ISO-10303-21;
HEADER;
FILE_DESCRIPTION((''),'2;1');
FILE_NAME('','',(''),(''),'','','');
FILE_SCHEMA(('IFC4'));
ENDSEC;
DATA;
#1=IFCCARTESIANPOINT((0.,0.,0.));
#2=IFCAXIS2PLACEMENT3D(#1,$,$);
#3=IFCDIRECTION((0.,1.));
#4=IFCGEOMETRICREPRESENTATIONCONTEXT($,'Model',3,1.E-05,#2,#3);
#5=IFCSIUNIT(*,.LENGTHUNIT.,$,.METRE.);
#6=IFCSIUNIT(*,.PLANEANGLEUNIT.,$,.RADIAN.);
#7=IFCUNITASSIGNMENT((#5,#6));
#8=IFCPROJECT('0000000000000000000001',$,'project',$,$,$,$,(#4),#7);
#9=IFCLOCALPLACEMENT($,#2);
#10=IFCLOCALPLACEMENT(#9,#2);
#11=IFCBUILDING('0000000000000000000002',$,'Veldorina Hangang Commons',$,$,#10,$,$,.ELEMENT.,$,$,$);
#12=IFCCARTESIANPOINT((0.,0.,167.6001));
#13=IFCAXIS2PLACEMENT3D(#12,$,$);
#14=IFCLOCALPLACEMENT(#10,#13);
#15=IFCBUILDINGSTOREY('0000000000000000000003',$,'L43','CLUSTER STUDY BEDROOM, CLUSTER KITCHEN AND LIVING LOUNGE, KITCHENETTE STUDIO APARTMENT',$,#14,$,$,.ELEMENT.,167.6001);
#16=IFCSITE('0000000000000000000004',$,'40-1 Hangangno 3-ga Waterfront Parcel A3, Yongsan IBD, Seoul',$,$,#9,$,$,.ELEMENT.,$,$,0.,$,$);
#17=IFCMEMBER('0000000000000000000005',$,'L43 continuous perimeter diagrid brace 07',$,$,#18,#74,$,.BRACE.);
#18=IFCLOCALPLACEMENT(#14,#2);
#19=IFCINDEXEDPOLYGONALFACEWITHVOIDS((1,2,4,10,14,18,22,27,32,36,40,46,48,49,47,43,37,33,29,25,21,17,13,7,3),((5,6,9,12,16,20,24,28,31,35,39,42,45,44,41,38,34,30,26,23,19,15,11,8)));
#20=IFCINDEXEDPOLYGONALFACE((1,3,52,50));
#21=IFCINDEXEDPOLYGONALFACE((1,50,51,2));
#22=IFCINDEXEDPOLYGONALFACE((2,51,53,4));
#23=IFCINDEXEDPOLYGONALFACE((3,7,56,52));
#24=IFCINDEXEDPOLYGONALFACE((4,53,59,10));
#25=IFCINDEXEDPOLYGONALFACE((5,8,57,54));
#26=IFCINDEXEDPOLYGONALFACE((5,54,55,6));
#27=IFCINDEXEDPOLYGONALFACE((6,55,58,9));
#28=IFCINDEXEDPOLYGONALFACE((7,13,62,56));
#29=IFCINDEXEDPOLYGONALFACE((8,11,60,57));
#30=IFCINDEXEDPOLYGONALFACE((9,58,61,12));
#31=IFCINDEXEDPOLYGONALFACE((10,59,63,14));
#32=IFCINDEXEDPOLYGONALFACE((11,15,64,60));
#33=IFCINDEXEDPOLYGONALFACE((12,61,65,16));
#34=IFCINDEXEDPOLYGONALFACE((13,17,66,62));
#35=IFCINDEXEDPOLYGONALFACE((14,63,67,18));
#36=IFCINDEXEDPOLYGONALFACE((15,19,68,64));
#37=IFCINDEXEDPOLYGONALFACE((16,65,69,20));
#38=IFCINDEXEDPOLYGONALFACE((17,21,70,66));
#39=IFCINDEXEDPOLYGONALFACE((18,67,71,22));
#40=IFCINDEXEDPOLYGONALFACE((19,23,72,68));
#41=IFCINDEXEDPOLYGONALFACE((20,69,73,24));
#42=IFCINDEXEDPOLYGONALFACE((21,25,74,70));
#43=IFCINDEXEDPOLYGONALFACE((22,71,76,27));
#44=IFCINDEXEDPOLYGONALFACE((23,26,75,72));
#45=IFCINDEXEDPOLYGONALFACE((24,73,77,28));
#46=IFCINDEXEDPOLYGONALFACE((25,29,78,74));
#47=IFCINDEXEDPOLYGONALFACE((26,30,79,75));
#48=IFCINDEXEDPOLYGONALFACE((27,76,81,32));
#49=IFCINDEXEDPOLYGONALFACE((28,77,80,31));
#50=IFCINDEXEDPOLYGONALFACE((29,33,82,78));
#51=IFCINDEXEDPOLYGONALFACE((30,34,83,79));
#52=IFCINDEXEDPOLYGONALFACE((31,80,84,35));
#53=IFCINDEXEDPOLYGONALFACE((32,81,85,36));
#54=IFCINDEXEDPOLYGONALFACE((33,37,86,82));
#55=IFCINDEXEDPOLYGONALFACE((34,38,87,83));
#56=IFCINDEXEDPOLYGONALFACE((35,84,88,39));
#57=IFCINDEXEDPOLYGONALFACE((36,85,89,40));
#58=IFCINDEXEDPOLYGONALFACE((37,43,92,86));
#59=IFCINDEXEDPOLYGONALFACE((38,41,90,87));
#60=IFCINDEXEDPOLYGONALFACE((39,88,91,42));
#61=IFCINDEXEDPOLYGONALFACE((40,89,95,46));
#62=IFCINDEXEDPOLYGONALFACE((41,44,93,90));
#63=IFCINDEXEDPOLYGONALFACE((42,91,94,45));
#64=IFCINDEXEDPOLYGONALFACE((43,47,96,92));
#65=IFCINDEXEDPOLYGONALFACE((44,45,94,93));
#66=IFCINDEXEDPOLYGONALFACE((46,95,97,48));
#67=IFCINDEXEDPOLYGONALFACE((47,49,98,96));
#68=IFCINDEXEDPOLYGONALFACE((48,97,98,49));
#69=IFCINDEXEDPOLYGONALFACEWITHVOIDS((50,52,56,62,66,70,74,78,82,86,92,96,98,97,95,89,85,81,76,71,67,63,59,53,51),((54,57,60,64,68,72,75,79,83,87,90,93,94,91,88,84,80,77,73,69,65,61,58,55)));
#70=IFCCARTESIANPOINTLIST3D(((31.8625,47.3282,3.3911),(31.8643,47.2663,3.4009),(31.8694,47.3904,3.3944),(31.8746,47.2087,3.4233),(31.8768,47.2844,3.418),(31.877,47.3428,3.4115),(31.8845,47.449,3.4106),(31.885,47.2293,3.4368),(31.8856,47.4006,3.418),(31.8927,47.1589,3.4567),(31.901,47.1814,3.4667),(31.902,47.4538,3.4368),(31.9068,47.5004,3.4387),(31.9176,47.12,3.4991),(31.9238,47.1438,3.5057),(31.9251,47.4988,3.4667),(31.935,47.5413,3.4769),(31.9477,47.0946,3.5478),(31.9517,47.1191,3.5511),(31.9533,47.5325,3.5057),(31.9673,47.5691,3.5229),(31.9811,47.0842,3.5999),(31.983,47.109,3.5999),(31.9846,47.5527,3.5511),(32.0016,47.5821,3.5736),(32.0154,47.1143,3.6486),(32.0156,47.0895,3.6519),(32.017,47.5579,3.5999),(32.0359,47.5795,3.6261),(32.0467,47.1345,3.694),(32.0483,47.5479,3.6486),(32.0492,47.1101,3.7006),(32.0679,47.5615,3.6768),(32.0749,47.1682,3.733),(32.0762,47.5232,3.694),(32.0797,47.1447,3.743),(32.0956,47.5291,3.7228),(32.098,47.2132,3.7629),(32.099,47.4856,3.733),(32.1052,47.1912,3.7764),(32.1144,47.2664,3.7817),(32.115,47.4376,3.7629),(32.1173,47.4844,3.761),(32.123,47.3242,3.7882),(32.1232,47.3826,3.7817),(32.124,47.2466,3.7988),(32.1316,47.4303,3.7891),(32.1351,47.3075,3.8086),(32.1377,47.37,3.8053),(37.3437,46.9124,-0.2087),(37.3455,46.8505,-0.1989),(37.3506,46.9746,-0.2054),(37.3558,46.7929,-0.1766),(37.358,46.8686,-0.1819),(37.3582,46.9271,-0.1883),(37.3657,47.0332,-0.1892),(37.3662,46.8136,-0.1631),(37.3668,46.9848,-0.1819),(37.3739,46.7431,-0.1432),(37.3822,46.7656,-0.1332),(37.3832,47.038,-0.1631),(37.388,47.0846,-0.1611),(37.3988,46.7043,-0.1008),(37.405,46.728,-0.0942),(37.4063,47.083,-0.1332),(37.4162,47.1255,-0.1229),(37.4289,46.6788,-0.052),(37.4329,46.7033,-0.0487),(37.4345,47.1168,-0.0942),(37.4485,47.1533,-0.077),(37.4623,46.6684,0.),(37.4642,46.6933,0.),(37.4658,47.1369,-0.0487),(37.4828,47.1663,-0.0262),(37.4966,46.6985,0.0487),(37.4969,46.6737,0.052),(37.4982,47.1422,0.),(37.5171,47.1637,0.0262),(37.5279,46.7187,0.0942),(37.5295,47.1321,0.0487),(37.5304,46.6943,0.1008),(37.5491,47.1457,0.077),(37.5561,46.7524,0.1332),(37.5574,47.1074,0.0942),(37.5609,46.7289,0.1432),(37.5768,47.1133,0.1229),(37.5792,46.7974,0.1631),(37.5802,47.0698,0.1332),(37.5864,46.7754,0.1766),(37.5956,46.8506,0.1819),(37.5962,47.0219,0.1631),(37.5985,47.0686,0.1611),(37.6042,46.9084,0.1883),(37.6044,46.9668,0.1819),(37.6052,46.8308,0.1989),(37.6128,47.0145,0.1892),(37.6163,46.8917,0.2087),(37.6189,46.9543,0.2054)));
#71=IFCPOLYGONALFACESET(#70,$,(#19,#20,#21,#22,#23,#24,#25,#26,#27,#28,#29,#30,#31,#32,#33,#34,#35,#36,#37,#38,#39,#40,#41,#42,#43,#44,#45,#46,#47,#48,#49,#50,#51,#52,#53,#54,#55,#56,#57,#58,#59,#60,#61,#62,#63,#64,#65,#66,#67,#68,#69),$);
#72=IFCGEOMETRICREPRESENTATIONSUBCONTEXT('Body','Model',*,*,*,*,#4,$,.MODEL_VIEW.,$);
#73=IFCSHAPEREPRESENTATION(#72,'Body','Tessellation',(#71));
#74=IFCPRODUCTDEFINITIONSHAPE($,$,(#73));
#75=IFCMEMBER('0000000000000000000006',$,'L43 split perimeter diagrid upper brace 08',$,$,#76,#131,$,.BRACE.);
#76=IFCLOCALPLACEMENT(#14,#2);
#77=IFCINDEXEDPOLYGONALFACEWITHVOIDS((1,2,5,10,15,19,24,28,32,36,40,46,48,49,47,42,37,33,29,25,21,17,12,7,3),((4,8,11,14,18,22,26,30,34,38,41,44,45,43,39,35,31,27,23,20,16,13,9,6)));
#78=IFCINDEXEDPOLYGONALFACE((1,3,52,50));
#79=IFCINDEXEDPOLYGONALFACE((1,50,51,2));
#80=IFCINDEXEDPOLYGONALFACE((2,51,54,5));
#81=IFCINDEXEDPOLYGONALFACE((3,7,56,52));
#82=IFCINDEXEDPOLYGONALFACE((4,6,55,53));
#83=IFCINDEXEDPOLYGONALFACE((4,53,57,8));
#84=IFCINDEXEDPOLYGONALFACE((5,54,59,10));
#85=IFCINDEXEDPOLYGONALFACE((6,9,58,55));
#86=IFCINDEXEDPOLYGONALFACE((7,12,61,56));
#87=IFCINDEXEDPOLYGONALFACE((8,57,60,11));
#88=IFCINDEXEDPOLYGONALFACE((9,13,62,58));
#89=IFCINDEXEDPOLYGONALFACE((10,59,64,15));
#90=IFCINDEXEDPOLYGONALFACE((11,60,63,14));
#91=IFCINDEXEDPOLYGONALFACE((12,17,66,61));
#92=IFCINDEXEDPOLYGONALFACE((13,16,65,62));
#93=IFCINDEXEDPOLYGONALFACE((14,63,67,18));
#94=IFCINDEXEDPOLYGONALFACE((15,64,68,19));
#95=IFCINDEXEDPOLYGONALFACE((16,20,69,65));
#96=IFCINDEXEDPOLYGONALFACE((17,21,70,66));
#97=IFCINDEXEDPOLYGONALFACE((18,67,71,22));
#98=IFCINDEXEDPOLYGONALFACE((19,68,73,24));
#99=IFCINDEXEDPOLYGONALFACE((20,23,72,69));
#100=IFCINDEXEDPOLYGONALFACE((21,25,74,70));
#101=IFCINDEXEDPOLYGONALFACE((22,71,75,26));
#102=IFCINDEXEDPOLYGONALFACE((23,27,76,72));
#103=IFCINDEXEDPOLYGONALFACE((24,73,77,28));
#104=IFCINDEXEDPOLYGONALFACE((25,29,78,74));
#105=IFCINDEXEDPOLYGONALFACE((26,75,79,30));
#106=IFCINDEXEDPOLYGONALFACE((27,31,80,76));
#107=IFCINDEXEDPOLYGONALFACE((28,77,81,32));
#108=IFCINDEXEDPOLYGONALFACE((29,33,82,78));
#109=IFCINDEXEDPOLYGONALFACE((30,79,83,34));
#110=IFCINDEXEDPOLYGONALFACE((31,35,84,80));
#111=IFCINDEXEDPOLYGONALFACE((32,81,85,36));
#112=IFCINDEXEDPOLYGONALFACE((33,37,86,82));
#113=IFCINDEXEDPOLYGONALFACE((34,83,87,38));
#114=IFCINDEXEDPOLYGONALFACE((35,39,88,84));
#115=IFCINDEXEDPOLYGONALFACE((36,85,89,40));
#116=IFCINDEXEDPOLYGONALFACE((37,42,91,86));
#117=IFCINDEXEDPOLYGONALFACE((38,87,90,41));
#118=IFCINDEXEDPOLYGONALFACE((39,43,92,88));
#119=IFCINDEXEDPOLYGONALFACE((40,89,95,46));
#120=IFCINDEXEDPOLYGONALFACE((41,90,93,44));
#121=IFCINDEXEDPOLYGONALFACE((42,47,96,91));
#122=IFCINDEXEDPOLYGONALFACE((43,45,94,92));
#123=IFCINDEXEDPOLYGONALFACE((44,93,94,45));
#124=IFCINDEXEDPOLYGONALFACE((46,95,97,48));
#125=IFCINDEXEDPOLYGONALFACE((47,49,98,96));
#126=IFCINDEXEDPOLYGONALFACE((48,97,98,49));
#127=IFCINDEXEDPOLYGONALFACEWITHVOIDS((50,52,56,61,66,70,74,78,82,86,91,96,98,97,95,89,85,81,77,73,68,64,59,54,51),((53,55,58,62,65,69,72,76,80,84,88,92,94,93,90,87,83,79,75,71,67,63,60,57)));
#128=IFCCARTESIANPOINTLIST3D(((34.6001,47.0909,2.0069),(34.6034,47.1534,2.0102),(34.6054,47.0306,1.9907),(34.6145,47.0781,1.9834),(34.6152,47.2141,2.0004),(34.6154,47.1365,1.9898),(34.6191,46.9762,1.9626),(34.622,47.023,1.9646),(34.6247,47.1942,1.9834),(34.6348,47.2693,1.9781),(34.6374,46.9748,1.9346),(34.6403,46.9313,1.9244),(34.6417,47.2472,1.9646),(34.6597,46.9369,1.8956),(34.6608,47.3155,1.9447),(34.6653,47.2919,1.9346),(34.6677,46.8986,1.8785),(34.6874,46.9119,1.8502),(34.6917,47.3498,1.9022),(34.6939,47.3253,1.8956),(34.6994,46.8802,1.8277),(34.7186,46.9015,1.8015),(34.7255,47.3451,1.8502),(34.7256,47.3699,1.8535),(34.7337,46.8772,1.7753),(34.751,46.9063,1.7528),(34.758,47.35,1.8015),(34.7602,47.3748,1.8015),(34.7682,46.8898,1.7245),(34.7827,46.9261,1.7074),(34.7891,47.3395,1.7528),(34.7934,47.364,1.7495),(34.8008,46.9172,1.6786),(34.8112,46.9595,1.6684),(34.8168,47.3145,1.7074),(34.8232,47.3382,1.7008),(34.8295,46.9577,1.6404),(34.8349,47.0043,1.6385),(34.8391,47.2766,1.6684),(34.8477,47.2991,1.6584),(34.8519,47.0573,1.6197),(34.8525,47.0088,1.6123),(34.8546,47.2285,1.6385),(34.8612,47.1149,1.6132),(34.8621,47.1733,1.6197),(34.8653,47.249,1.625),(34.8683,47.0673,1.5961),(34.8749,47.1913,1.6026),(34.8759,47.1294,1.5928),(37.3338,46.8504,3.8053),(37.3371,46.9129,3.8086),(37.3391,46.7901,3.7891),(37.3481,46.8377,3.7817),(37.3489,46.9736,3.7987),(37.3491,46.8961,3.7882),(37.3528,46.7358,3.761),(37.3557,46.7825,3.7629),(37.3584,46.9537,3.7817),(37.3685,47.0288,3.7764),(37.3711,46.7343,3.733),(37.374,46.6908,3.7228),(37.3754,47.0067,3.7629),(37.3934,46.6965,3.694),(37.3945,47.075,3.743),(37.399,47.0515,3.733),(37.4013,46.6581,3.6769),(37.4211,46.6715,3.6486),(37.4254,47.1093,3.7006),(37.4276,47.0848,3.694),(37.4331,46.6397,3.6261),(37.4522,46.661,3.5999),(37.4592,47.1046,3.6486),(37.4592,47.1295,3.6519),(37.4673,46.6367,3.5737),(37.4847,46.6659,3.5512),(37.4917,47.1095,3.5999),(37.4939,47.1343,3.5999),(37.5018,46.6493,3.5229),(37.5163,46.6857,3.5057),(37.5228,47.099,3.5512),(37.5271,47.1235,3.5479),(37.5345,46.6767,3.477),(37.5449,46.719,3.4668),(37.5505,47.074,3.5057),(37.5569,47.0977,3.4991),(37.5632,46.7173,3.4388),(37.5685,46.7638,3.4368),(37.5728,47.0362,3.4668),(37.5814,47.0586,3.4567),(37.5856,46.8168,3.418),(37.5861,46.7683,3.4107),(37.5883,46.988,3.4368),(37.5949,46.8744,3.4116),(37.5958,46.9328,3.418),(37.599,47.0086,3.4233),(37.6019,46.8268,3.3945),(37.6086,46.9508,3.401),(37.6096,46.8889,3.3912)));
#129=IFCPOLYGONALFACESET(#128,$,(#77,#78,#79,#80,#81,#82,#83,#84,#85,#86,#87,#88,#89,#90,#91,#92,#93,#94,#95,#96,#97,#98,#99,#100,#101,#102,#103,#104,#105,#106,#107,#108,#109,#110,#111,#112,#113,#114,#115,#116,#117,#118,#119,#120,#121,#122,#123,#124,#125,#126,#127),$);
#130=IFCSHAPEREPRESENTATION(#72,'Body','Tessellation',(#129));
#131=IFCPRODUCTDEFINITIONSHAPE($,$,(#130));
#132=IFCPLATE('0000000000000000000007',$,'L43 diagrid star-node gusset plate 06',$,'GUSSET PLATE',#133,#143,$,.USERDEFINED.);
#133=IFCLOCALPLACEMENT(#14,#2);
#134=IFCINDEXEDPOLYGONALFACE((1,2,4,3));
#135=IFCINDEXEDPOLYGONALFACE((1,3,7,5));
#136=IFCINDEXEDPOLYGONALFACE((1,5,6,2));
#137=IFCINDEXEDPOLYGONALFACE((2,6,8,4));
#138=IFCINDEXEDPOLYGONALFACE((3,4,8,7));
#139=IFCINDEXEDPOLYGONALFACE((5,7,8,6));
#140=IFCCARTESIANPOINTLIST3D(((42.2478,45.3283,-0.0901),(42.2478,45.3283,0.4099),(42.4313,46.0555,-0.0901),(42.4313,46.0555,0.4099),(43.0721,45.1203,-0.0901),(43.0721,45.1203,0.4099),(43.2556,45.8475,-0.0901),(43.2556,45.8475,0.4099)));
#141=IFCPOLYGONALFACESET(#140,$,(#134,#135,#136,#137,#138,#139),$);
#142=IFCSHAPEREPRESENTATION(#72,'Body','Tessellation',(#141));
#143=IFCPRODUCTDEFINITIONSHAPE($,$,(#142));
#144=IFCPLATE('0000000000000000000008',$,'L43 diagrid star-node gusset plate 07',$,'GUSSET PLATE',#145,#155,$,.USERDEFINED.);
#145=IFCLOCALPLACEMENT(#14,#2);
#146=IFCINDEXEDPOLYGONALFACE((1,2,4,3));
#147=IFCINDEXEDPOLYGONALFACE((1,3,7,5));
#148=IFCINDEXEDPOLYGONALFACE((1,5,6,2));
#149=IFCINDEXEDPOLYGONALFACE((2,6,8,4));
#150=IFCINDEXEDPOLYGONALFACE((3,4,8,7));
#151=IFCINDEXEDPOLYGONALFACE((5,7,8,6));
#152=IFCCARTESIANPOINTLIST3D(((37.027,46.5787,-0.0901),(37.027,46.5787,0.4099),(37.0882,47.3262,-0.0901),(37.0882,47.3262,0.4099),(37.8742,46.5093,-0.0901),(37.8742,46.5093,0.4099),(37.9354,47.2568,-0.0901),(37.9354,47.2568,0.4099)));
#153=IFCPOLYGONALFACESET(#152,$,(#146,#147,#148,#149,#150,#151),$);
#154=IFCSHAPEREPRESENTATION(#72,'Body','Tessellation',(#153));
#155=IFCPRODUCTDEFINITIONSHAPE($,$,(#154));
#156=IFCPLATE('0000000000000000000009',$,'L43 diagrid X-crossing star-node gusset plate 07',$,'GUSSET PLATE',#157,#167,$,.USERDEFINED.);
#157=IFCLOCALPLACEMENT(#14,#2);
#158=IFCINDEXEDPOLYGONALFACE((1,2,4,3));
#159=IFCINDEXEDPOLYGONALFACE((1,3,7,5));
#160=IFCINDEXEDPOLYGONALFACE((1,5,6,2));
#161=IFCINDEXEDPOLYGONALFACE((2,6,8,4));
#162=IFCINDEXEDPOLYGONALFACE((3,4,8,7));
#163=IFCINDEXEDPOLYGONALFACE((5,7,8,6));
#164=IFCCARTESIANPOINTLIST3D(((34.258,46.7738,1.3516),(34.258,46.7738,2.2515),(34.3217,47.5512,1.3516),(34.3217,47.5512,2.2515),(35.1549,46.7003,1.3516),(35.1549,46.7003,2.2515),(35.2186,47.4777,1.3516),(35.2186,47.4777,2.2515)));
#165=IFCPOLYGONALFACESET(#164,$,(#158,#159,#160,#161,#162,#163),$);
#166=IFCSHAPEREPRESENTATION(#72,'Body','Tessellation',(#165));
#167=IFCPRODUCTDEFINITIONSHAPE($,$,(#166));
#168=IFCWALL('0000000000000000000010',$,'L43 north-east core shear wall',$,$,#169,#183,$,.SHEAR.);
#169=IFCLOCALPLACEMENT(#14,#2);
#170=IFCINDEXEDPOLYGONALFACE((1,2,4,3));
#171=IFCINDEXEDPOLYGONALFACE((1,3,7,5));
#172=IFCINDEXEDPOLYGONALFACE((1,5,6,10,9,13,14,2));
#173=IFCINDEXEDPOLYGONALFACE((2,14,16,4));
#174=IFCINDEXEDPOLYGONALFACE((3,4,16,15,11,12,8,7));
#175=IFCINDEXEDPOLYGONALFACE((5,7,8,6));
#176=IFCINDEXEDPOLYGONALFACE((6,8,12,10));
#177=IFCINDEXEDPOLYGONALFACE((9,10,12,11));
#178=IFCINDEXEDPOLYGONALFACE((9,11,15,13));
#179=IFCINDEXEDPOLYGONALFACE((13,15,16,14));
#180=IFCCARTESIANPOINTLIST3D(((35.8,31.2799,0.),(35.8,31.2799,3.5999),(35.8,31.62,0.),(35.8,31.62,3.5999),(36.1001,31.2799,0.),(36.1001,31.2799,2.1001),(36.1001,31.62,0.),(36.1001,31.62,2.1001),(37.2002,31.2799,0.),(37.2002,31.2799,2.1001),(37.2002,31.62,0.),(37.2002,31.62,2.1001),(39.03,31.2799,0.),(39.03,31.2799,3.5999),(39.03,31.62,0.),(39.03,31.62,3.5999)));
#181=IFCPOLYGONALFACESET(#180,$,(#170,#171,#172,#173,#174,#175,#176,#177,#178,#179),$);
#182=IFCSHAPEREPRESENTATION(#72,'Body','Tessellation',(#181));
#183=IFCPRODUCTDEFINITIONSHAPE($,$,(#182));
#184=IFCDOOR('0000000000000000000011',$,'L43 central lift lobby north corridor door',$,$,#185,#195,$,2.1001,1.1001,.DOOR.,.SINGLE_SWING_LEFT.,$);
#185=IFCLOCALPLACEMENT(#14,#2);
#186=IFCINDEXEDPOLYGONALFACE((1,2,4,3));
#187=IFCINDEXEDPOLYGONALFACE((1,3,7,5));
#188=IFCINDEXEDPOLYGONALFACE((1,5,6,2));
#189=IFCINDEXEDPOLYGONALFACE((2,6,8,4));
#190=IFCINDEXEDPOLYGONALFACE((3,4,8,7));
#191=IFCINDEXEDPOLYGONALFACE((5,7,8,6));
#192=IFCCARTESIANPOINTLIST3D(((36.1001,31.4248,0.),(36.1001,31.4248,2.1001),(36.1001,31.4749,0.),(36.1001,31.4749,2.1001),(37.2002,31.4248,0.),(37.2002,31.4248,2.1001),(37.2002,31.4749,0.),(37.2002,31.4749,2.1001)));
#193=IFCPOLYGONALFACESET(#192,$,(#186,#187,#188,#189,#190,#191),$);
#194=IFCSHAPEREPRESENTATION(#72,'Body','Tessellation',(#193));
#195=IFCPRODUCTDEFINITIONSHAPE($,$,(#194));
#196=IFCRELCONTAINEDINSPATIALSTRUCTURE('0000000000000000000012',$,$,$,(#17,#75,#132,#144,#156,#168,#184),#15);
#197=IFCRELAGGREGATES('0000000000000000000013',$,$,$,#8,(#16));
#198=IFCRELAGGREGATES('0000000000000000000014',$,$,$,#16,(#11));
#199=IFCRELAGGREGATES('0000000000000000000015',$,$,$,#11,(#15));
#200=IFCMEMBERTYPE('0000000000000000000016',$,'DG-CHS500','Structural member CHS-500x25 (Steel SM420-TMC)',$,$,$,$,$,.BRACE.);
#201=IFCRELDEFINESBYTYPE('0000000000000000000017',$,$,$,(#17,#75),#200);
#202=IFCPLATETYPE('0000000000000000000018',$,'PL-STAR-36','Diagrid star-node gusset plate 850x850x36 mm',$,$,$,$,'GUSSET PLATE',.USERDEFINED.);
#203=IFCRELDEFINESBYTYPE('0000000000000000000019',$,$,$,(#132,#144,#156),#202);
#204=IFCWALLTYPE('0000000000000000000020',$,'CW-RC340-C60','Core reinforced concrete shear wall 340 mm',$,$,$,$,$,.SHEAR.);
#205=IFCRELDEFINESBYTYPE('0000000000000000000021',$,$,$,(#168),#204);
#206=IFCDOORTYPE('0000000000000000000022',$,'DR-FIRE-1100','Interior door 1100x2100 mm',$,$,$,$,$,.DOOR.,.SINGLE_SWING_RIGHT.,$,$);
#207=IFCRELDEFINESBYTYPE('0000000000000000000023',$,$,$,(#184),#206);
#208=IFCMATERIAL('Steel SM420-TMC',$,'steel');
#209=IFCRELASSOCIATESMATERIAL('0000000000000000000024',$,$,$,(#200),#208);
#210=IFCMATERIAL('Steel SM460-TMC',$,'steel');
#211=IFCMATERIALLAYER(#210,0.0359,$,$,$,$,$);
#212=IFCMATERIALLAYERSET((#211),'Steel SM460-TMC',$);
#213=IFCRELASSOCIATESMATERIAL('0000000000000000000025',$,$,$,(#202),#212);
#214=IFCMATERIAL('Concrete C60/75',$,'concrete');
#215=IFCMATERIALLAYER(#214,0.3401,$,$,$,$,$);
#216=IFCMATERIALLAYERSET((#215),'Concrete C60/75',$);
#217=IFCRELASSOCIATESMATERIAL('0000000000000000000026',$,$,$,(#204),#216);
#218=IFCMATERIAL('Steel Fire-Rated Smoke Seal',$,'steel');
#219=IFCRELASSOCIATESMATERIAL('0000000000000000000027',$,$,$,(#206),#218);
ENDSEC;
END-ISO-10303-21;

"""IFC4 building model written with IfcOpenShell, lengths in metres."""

from ifc_helpers import new_model, si_unit, direction, frame, frame_2d, origin, origin_2d, place, context, subcontext, project, spatial, rectangle, hollow_circle, extrude, material, layer, layer_set, material_profile, profile_set, type_object, element, fill, save


model = new_model("IFC4")

# Units and contexts
model_context = context("Model", 3, precision=1e-05, world=origin(), true_north=direction((0.0, 1.0)))
body_context = subcontext(model_context, "Body", "Model", "MODEL_VIEW")
ifc_project = project(units=[si_unit("LENGTHUNIT", "METRE"), si_unit("PLANEANGLEUNIT", "RADIAN")], contexts=[model_context])

# Site, building, storey
site_placement = place(None, origin())
site = spatial("IfcSite", under=ifc_project, at=site_placement, Name="40-1 Hangangno 3-ga Waterfront Parcel A3, Yongsan IBD, Seoul", CompositionType="ELEMENT", RefElevation=0.0)
building_placement = place(site_placement, origin())
building = spatial("IfcBuilding", under=site, at=building_placement, Name="Veldorina Hangang Commons", CompositionType="ELEMENT")
storey_placement = place(building_placement, frame((0.0, 0.0, 167.6001)))
storey = spatial("IfcBuildingStorey", under=building, at=storey_placement, Name="L43", Description="CLUSTER STUDY BEDROOM, CLUSTER KITCHEN AND LIVING LOUNGE, KITCHENETTE STUDIO APARTMENT", CompositionType="ELEMENT", Elevation=167.6001)

# Shared definitions
ifc_material_1 = material(Name="Steel SM420-TMC", Category="steel")

# Members
ifc_material_profile_1 = material_profile(ifc_material_1, hollow_circle(Radius=0.25, WallThickness=0.0249, at=origin_2d()), Name="CHS-500x25")
ifc_profile_set_1 = profile_set([ifc_material_profile_1], Name="Steel SM420-TMC")
member_type = type_object("IfcMemberType", Name="DG-CHS500", Description="Structural member CHS-500x25 (Steel SM420-TMC)", PredefinedType="BRACE", material=ifc_profile_set_1)
member_1_placement = place(storey_placement, frame((37.4812, 46.9177, 0.0), z_axis=(-0.834176, 0.063276, 0.547856), x_axis=(-0.075637, -0.997135, 0.0)))
element("IfcMember", 1, at=member_1_placement, inside=storey, type_object=member_type, Name="L43 continuous perimeter diagrid brace 07", PredefinedType="BRACE", context=body_context, shape_type="SweptSolid", body=[
    extrude(hollow_circle(Radius=0.25, WallThickness=0.0249, at=origin_2d()), origin(), (0.0, 0.0, 1.0), 6.5708),
])
member_2_placement = place(storey_placement, frame((34.7383, 47.1257, 1.8015), z_axis=(0.833185, -0.073295, 0.548115), x_axis=(0.087632, 0.996153, 0.0)))
element("IfcMember", 2, at=member_2_placement, inside=storey, type_object=member_type, Name="L43 split perimeter diagrid upper brace 08", PredefinedType="BRACE", context=body_context, shape_type="SweptSolid", body=[
    extrude(hollow_circle(Radius=0.25, WallThickness=0.0249, at=origin_2d()), origin(), (0.0, 0.0, 1.0), 3.281),
])

# Plates
ifc_material_2 = material(Name="Steel SM460-TMC", Category="steel")
ifc_layer_1 = layer(ifc_material_2, 0.0359)
ifc_layer_set_1 = layer_set([ifc_layer_1], Name="Steel SM460-TMC")
plate_type = type_object("IfcPlateType", Name="PL-STAR-36", Description="Diagrid star-node gusset plate 850x850x36 mm", ElementType="GUSSET PLATE", PredefinedType="USERDEFINED", material=ifc_layer_set_1)
for number, where, z_axis, x_axis, name in (
    (3, (42.7517, 45.5879, -0.0901), (0.0, 0.0, 1.0), (-0.969616, 0.244631, 0.0), "L43 diagrid star-node gusset plate 06"),
    (4, (37.4812, 46.9177, -0.0901), (0.0, 0.0, 1.0), (-0.996662, 0.081643, 0.0), "L43 diagrid star-node gusset plate 07"),
):
    element("IfcPlate", number, at=place(storey_placement, frame(where, z_axis=z_axis, x_axis=x_axis)), inside=storey, type_object=plate_type, Name=name, ObjectType="GUSSET PLATE", PredefinedType="USERDEFINED", context=body_context, shape_type="SweptSolid", body=[
        extrude(rectangle(XDim=0.8501, YDim=0.75, at=origin_2d()), origin(), (0.0, 0.0, 1.0), 0.5),
    ])
plate_placement = place(storey_placement, frame((34.7383, 47.1257, 1.3516), z_axis=(0.0, 0.0, 1.0), x_axis=(-0.996662, 0.081643, 0.0)))
element("IfcPlate", 5, at=plate_placement, inside=storey, type_object=plate_type, Name="L43 diagrid X-crossing star-node gusset plate 07", ObjectType="GUSSET PLATE", PredefinedType="USERDEFINED", context=body_context, shape_type="SweptSolid", body=[
    extrude(rectangle(XDim=0.8999, YDim=0.78, at=origin_2d()), origin(), (0.0, 0.0, 1.0), 0.8999),
])

# Wall, opening, door
ifc_material_3 = material(Name="Concrete C60/75", Category="concrete")
ifc_layer_2 = layer(ifc_material_3, 0.3401)
ifc_layer_set_2 = layer_set([ifc_layer_2], Name="Concrete C60/75")
wall_type_1 = type_object("IfcWallType", Name="CW-RC340-C60", Description="Core reinforced concrete shear wall 340 mm", PredefinedType="SHEAR", material=ifc_layer_set_2)
wall_1_placement = place(storey_placement, frame((35.8, 31.45, 0.0), z_axis=(0.0, 0.0, 1.0), x_axis=(1.0, 0.0, 0.0)))
wall_1 = element("IfcWall", 6, at=wall_1_placement, inside=storey, type_object=wall_type_1, Name="L43 north-east core shear wall", PredefinedType="SHEAR", context=body_context, shape_type="SweptSolid", body=[
    extrude(rectangle(XDim=3.23, YDim=0.3401, at=frame_2d((1.615, 0.0))), origin(), (0.0, 0.0, 1.0), 3.5999),
])
opening_1_placement = place(wall_1_placement, frame((0.3, 0.0, 0.0)))
opening_1 = element("IfcOpeningElement", 7, at=opening_1_placement, cuts=wall_1, PredefinedType="OPENING", context=body_context, shape_type="SweptSolid", body=[
    extrude(rectangle(XDim=1.1001, YDim=2.1001, at=frame_2d((0.55, 1.05))), frame((0.0, 0.1802, 0.0), z_axis=(0.0, -1.0, 0.0), x_axis=(1.0, 0.0, 0.0)), (0.0, 0.0, 1.0), 0.3601),
])
ifc_material_4 = material(Name="Steel Fire-Rated Smoke Seal", Category="steel")
door_type_1 = type_object("IfcDoorType", Name="DR-FIRE-1100", Description="Interior door 1100x2100 mm", OperationType="SINGLE_SWING_RIGHT", PredefinedType="DOOR", material=ifc_material_4)
door_1_placement = place(opening_1_placement, origin())
door_1 = element("IfcDoor", 8, at=door_1_placement, inside=storey, type_object=door_type_1, Name="L43 central lift lobby north corridor door", OperationType="SINGLE_SWING_LEFT", OverallHeight=2.1001, OverallWidth=1.1001, PredefinedType="DOOR", context=body_context, shape_type="SweptSolid", body=[
    extrude(rectangle(XDim=1.1001, YDim=2.1001, at=frame_2d((0.55, 1.05))), frame((0.0, 0.0249, 0.0), z_axis=(0.0, -1.0, 0.0), x_axis=(1.0, 0.0, 0.0)), (0.0, 0.0, 1.0), 0.05),
])
fill(opening_1, door_1)

save(model, "model.ifc")
